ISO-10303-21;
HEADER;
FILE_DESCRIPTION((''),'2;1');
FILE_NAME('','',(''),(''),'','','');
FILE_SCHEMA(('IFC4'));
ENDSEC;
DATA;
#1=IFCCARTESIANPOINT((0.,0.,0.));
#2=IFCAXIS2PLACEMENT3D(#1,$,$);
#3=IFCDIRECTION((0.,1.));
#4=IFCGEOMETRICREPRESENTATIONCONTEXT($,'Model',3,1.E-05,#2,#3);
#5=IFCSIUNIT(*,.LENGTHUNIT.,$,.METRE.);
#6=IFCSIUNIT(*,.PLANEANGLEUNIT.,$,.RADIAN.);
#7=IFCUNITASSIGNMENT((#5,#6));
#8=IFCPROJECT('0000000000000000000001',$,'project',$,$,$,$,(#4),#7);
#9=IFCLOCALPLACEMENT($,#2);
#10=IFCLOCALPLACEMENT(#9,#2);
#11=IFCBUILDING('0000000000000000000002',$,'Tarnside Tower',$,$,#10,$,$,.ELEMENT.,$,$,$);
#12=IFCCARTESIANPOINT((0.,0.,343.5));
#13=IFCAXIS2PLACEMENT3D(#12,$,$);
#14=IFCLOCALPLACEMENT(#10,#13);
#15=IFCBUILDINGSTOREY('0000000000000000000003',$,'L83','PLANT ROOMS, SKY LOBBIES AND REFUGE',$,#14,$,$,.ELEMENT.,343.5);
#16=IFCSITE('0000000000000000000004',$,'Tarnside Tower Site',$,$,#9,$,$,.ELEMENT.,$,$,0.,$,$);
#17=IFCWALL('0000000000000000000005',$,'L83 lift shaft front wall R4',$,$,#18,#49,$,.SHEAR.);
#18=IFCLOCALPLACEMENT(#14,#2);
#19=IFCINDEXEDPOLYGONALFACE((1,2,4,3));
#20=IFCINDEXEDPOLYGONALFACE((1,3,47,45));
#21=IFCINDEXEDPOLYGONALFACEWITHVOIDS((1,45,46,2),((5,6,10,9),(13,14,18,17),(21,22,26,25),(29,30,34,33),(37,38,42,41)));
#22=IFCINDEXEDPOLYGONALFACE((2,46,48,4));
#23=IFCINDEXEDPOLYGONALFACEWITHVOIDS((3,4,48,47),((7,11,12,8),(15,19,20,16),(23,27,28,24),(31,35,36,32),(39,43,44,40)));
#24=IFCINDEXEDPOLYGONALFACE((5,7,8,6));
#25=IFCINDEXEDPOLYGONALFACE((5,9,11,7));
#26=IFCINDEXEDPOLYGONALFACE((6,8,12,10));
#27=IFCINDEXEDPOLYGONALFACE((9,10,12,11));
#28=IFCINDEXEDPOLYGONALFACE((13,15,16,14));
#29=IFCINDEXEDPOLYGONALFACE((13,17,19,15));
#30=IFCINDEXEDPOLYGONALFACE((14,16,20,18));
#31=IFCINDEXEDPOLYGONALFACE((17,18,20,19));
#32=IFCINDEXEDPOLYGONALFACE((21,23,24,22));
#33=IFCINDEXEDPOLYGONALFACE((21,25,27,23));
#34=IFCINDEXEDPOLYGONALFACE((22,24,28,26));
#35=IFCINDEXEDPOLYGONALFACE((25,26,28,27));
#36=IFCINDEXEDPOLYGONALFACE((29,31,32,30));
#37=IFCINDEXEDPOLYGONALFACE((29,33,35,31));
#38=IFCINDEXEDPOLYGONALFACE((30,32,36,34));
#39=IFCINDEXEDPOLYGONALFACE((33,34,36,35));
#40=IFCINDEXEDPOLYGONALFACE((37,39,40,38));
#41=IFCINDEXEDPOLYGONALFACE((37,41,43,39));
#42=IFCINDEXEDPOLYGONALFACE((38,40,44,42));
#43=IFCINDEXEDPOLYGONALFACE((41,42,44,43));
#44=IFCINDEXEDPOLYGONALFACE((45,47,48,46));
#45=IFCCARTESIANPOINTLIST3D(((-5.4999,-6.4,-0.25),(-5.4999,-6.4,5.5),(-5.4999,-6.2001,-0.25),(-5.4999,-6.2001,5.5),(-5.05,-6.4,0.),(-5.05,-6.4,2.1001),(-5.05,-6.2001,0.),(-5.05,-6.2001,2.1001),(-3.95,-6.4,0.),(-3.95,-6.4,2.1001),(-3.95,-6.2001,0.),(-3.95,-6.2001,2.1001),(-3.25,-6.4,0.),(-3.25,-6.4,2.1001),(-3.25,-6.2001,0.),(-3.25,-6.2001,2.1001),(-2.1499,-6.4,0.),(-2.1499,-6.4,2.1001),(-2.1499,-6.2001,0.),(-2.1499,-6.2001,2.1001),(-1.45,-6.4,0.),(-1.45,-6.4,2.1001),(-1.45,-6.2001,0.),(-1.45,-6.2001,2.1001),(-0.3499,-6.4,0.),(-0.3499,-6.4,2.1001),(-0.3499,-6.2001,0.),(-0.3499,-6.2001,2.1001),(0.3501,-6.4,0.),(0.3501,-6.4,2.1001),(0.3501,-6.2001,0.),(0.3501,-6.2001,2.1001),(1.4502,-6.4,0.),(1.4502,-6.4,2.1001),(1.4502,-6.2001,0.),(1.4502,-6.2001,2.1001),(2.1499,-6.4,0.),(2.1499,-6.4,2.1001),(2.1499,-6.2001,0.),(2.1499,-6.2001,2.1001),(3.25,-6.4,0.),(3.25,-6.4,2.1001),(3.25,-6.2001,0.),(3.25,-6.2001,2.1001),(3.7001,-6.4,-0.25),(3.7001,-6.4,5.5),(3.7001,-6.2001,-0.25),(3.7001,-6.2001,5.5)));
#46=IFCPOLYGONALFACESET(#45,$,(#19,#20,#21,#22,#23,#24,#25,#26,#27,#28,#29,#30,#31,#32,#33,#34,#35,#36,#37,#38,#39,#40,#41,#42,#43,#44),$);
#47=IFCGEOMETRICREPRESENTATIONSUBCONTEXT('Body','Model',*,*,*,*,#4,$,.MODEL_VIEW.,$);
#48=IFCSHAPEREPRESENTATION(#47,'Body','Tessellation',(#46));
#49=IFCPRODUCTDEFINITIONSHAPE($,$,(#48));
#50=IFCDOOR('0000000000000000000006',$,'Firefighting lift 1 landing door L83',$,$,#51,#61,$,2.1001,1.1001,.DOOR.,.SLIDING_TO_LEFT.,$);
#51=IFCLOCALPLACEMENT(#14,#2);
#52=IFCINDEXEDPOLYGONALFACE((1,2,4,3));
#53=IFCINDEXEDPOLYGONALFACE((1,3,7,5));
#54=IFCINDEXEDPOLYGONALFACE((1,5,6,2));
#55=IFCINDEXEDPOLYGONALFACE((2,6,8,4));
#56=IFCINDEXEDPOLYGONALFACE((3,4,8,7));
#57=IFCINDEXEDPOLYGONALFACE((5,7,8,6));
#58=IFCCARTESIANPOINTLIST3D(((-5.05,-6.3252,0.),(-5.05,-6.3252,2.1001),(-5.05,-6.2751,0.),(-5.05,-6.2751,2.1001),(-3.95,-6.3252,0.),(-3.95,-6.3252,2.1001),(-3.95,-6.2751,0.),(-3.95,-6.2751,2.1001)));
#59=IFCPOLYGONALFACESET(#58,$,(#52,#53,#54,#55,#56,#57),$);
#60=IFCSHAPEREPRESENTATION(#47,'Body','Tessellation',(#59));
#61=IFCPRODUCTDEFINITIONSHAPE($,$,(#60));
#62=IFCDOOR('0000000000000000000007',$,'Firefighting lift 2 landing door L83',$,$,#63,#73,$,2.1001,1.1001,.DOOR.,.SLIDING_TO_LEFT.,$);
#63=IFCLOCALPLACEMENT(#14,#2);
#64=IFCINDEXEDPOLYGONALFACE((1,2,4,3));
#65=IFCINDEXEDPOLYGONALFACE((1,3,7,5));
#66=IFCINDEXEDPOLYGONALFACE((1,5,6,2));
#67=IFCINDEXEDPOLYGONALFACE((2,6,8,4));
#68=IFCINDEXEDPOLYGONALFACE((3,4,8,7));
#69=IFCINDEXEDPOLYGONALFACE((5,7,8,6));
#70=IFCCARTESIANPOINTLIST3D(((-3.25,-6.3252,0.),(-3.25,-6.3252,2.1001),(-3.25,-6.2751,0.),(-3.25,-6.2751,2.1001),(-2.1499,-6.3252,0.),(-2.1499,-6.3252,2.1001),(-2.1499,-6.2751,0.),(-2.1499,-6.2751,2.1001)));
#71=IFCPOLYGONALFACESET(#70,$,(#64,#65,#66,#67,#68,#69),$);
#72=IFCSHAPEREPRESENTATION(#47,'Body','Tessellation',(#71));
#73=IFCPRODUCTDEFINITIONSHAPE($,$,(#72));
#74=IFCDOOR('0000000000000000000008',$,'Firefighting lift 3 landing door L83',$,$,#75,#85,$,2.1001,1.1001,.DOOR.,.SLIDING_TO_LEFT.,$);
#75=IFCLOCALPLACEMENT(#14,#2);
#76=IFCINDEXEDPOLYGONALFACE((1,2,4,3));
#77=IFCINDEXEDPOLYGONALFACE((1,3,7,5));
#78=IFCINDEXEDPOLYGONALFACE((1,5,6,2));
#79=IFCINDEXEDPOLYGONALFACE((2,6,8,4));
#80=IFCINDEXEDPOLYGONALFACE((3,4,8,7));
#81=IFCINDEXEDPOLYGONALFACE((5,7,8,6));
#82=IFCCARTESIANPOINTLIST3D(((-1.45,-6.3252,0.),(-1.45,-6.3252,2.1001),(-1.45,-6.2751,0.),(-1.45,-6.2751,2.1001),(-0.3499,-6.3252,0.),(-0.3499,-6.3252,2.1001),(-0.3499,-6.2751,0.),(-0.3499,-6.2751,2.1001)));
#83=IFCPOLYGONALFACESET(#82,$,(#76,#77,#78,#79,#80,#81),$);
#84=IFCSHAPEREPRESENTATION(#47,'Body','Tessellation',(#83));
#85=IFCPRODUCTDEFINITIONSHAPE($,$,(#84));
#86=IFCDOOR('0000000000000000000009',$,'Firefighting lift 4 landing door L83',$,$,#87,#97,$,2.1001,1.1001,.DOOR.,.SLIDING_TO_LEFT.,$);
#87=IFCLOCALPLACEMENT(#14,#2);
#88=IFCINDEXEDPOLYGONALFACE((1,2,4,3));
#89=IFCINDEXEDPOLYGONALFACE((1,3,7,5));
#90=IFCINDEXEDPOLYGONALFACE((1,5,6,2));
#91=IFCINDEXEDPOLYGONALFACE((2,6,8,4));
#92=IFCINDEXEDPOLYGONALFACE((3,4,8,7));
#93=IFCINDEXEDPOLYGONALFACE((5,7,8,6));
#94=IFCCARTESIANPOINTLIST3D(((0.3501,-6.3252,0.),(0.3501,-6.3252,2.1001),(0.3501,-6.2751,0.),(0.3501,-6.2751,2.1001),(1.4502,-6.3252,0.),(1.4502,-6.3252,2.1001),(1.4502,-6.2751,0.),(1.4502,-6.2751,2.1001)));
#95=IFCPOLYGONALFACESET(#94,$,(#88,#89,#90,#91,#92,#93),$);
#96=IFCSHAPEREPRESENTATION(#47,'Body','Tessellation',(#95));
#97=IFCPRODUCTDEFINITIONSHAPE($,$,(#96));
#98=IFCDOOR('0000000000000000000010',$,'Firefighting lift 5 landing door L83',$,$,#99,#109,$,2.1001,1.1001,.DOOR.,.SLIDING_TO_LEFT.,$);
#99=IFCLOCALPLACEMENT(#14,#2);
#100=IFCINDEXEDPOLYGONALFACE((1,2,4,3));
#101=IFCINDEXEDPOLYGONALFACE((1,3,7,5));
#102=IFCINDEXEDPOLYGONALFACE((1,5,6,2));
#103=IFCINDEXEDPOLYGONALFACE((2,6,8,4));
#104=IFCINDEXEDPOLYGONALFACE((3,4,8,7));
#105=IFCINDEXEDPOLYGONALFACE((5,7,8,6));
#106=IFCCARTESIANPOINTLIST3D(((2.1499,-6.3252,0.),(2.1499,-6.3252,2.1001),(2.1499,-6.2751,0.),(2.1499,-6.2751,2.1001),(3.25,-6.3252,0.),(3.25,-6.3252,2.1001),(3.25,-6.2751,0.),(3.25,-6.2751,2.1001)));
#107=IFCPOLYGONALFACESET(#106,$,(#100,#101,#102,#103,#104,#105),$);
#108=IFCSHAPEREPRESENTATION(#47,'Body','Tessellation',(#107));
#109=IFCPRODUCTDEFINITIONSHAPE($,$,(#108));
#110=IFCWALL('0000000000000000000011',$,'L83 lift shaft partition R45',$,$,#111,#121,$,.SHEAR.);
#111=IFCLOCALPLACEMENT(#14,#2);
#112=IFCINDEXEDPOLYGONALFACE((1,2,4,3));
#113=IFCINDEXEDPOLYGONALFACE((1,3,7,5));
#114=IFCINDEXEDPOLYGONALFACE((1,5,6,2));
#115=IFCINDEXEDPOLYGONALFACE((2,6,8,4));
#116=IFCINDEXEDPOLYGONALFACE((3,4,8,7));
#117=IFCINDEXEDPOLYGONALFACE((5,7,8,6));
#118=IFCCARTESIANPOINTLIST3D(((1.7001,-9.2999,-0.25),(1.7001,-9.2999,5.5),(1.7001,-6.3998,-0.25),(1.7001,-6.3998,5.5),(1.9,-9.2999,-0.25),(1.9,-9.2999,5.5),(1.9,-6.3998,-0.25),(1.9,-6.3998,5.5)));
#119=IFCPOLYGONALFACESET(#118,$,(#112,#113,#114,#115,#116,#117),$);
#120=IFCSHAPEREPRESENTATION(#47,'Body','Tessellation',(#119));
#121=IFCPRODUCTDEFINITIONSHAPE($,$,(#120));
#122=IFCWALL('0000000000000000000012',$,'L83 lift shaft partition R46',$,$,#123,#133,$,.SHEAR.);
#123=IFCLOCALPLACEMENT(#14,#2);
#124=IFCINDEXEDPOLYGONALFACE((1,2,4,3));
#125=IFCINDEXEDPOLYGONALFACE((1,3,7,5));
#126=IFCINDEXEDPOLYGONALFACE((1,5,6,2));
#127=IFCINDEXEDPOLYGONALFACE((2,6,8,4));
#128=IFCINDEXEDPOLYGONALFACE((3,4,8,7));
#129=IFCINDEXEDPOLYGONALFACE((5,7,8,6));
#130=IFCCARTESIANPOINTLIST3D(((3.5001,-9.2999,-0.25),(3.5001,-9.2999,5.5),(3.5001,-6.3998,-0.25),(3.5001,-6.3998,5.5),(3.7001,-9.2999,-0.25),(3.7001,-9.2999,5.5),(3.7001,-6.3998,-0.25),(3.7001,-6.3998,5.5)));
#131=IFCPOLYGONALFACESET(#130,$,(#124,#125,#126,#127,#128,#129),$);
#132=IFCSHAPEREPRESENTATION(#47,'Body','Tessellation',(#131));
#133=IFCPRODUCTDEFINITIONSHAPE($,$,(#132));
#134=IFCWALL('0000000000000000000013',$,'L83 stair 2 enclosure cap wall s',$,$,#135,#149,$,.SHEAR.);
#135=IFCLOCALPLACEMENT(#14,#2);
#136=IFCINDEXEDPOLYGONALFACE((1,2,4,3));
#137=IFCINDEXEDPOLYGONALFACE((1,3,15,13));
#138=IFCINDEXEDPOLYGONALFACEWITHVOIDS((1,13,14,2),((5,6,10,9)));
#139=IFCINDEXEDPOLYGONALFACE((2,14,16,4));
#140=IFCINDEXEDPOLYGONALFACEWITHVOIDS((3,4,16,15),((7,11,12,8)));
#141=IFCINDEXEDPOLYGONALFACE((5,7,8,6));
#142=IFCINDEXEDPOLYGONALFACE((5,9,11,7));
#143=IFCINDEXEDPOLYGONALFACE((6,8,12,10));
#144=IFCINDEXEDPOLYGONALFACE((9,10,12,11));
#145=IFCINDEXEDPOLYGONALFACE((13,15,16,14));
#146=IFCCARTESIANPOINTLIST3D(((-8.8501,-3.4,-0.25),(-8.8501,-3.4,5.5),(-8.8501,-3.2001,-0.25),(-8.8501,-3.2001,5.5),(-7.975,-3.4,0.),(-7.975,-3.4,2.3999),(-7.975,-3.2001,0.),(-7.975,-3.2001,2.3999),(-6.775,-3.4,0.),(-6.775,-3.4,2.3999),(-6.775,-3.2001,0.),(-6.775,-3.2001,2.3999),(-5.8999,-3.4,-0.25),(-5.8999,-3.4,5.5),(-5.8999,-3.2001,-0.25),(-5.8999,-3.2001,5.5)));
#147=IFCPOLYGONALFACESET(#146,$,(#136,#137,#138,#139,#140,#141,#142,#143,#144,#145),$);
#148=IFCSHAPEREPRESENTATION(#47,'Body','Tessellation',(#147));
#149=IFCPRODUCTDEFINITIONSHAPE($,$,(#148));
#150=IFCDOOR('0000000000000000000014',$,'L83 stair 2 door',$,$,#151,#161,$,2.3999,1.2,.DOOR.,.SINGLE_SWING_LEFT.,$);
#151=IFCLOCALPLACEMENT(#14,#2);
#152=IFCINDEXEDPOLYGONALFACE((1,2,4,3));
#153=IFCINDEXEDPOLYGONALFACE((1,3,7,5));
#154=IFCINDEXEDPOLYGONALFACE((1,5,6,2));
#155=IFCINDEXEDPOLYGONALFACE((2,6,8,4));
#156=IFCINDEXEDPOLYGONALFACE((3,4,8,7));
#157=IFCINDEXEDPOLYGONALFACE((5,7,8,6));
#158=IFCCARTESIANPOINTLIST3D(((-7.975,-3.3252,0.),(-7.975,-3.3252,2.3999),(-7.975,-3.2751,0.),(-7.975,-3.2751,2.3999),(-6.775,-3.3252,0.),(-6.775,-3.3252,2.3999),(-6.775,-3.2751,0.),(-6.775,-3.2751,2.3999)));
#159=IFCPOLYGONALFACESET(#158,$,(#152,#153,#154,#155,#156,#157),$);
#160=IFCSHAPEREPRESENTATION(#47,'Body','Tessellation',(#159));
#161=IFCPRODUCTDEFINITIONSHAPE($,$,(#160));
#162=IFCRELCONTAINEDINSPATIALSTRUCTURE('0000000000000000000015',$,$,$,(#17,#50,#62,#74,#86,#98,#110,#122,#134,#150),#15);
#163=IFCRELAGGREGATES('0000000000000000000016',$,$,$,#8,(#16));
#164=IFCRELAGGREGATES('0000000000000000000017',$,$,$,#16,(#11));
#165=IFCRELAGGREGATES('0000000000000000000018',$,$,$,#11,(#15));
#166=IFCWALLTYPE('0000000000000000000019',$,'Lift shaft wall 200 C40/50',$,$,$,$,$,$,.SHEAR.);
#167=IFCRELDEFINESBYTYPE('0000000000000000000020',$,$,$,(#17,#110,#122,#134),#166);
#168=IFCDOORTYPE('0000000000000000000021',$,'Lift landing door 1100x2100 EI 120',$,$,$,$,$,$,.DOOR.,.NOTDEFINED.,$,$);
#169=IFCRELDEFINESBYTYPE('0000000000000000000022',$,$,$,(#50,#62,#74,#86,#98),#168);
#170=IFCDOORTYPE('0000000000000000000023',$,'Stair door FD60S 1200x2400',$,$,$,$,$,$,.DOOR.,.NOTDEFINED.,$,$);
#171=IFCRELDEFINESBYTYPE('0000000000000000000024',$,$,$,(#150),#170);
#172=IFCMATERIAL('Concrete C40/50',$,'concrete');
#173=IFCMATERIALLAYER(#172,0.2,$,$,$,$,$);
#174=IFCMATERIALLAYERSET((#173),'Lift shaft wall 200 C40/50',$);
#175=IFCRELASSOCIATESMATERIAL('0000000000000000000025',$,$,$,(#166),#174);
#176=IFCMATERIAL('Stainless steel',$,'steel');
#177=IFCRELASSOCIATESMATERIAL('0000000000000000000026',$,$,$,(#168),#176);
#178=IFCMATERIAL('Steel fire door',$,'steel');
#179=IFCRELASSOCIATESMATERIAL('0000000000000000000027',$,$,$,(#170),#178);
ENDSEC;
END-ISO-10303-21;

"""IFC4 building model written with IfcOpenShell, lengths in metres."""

from ifc_helpers import new_model, si_unit, direction, frame, frame_2d, origin, place, context, subcontext, project, spatial, rectangle, extrude, material, layer, layer_set, type_object, element, fill, save


model = new_model("IFC4")

# Units and contexts
model_context = context("Model", 3, precision=1e-05, world=origin(), true_north=direction((0.0, 1.0)))
body_context = subcontext(model_context, "Body", "Model", "MODEL_VIEW")
ifc_project = project(units=[si_unit("LENGTHUNIT", "METRE"), si_unit("PLANEANGLEUNIT", "RADIAN")], contexts=[model_context])

# Site, building, storey
site_placement = place(None, origin())
site = spatial("IfcSite", under=ifc_project, at=site_placement, Name="Tarnside Tower Site", CompositionType="ELEMENT", RefElevation=0.0)
building_placement = place(site_placement, origin())
building = spatial("IfcBuilding", under=site, at=building_placement, Name="Tarnside Tower", CompositionType="ELEMENT")
storey_placement = place(building_placement, frame((0.0, 0.0, 343.5)))
storey = spatial("IfcBuildingStorey", under=building, at=storey_placement, Name="L83", Description="PLANT ROOMS, SKY LOBBIES AND REFUGE", CompositionType="ELEMENT", Elevation=343.5)

# Shared definitions
ifc_material_1 = material(Name="Concrete C40/50", Category="concrete")
ifc_material_2 = material(Name="Steel fire door", Category="steel")

# Wall, openings, doors
ifc_layer_1 = layer(ifc_material_1, 0.2)
ifc_layer_set_1 = layer_set([ifc_layer_1], Name="Lift shaft wall 200 C40/50")
wall_type_1 = type_object("IfcWallType", Name="Lift shaft wall 200 C40/50", PredefinedType="SHEAR", material=ifc_layer_set_1)
wall_1_placement = place(storey_placement, frame((-5.5, -6.3, -0.25), z_axis=(0.0, 0.0, 1.0), x_axis=(1.0, 0.0, 0.0)))
wall_1 = element("IfcWall", 1, at=wall_1_placement, inside=storey, type_object=wall_type_1, Name="L83 lift shaft front wall R4", PredefinedType="SHEAR", context=body_context, shape_type="SweptSolid", body=[
    extrude(rectangle(XDim=9.2, YDim=0.2, at=frame_2d((4.6001, 0.0))), origin(), (0.0, 0.0, 1.0), 5.75),
])
opening_1_placement = place(wall_1_placement, frame((0.45, 0.0, 0.25)))
opening_1 = element("IfcOpeningElement", 2, at=opening_1_placement, cuts=wall_1, PredefinedType="OPENING", context=body_context, shape_type="SweptSolid", body=[
    extrude(rectangle(XDim=1.1001, YDim=2.1001, at=frame_2d((0.55, 1.05))), frame((0.0, 0.1099, 0.0), z_axis=(0.0, -1.0, 0.0), x_axis=(1.0, 0.0, 0.0)), (0.0, 0.0, 1.0), 0.22),
])
opening_2_placement = place(wall_1_placement, frame((2.25, 0.0, 0.25)))
opening_2 = element("IfcOpeningElement", 3, at=opening_2_placement, cuts=wall_1, PredefinedType="OPENING", context=body_context, shape_type="SweptSolid", body=[
    extrude(rectangle(XDim=1.1001, YDim=2.1001, at=frame_2d((0.55, 1.05))), frame((0.0, 0.1099, 0.0), z_axis=(0.0, -1.0, 0.0), x_axis=(1.0, 0.0, 0.0)), (0.0, 0.0, 1.0), 0.22),
])
opening_3_placement = place(wall_1_placement, frame((4.05, 0.0, 0.25)))
opening_3 = element("IfcOpeningElement", 4, at=opening_3_placement, cuts=wall_1, PredefinedType="OPENING", context=body_context, shape_type="SweptSolid", body=[
    extrude(rectangle(XDim=1.1001, YDim=2.1001, at=frame_2d((0.55, 1.05))), frame((0.0, 0.1099, 0.0), z_axis=(0.0, -1.0, 0.0), x_axis=(1.0, 0.0, 0.0)), (0.0, 0.0, 1.0), 0.22),
])
opening_4_placement = place(wall_1_placement, frame((5.8501, 0.0, 0.25)))
opening_4 = element("IfcOpeningElement", 5, at=opening_4_placement, cuts=wall_1, PredefinedType="OPENING", context=body_context, shape_type="SweptSolid", body=[
    extrude(rectangle(XDim=1.1001, YDim=2.1001, at=frame_2d((0.55, 1.05))), frame((0.0, 0.1099, 0.0), z_axis=(0.0, -1.0, 0.0), x_axis=(1.0, 0.0, 0.0)), (0.0, 0.0, 1.0), 0.22),
])
opening_5_placement = place(wall_1_placement, frame((7.6499, 0.0, 0.25)))
opening_5 = element("IfcOpeningElement", 6, at=opening_5_placement, cuts=wall_1, PredefinedType="OPENING", context=body_context, shape_type="SweptSolid", body=[
    extrude(rectangle(XDim=1.1001, YDim=2.1001, at=frame_2d((0.55, 1.05))), frame((0.0, 0.1099, 0.0), z_axis=(0.0, -1.0, 0.0), x_axis=(1.0, 0.0, 0.0)), (0.0, 0.0, 1.0), 0.22),
])
ifc_material_3 = material(Name="Stainless steel", Category="steel")
door_type_1 = type_object("IfcDoorType", Name="Lift landing door 1100x2100 EI 120", OperationType="NOTDEFINED", PredefinedType="DOOR", material=ifc_material_3)
door_1_placement = place(opening_1_placement, origin())
door_1 = element("IfcDoor", 7, at=door_1_placement, inside=storey, type_object=door_type_1, Name="Firefighting lift 1 landing door L83", OperationType="SLIDING_TO_LEFT", OverallHeight=2.1001, OverallWidth=1.1001, PredefinedType="DOOR", context=body_context, shape_type="SweptSolid", body=[
    extrude(rectangle(XDim=1.1001, YDim=2.1001, at=frame_2d((0.55, 1.05))), frame((0.0, 0.0249, 0.0), z_axis=(0.0, -1.0, 0.0), x_axis=(1.0, 0.0, 0.0)), (0.0, 0.0, 1.0), 0.05),
])
fill(opening_1, door_1)
door_2_placement = place(opening_2_placement, origin())
door_2 = element("IfcDoor", 8, at=door_2_placement, inside=storey, type_object=door_type_1, Name="Firefighting lift 2 landing door L83", OperationType="SLIDING_TO_LEFT", OverallHeight=2.1001, OverallWidth=1.1001, PredefinedType="DOOR", context=body_context, shape_type="SweptSolid", body=[
    extrude(rectangle(XDim=1.1001, YDim=2.1001, at=frame_2d((0.55, 1.05))), frame((0.0, 0.0249, 0.0), z_axis=(0.0, -1.0, 0.0), x_axis=(1.0, 0.0, 0.0)), (0.0, 0.0, 1.0), 0.05),
])
fill(opening_2, door_2)
door_3_placement = place(opening_3_placement, origin())
door_3 = element("IfcDoor", 9, at=door_3_placement, inside=storey, type_object=door_type_1, Name="Firefighting lift 3 landing door L83", OperationType="SLIDING_TO_LEFT", OverallHeight=2.1001, OverallWidth=1.1001, PredefinedType="DOOR", context=body_context, shape_type="SweptSolid", body=[
    extrude(rectangle(XDim=1.1001, YDim=2.1001, at=frame_2d((0.55, 1.05))), frame((0.0, 0.0249, 0.0), z_axis=(0.0, -1.0, 0.0), x_axis=(1.0, 0.0, 0.0)), (0.0, 0.0, 1.0), 0.05),
])
fill(opening_3, door_3)
door_4_placement = place(opening_4_placement, origin())
door_4 = element("IfcDoor", 10, at=door_4_placement, inside=storey, type_object=door_type_1, Name="Firefighting lift 4 landing door L83", OperationType="SLIDING_TO_LEFT", OverallHeight=2.1001, OverallWidth=1.1001, PredefinedType="DOOR", context=body_context, shape_type="SweptSolid", body=[
    extrude(rectangle(XDim=1.1001, YDim=2.1001, at=frame_2d((0.55, 1.05))), frame((0.0, 0.0249, 0.0), z_axis=(0.0, -1.0, 0.0), x_axis=(1.0, 0.0, 0.0)), (0.0, 0.0, 1.0), 0.05),
])
fill(opening_4, door_4)
door_5_placement = place(opening_5_placement, origin())
door_5 = element("IfcDoor", 11, at=door_5_placement, inside=storey, type_object=door_type_1, Name="Firefighting lift 5 landing door L83", OperationType="SLIDING_TO_LEFT", OverallHeight=2.1001, OverallWidth=1.1001, PredefinedType="DOOR", context=body_context, shape_type="SweptSolid", body=[
    extrude(rectangle(XDim=1.1001, YDim=2.1001, at=frame_2d((0.55, 1.05))), frame((0.0, 0.0249, 0.0), z_axis=(0.0, -1.0, 0.0), x_axis=(1.0, 0.0, 0.0)), (0.0, 0.0, 1.0), 0.05),
])
fill(opening_5, door_5)

# Walls
for number, where, z_axis, x_axis, name in (
    (12, (1.8, -9.3, -0.25), (0.0, 0.0, 1.0), (0.0, 1.0, 0.0), "L83 lift shaft partition R45"),
    (13, (3.6001, -9.3, -0.25), (0.0, 0.0, 1.0), (0.0, 1.0, 0.0), "L83 lift shaft partition R46"),
):
    element("IfcWall", number, at=place(storey_placement, frame(where, z_axis=z_axis, x_axis=x_axis)), inside=storey, type_object=wall_type_1, Name=name, PredefinedType="SHEAR", context=body_context, shape_type="SweptSolid", body=[
        extrude(rectangle(XDim=2.9001, YDim=0.2, at=frame_2d((1.4502, 0.0))), origin(), (0.0, 0.0, 1.0), 5.75),
    ])

# Wall, opening, door
wall_2_placement = place(storey_placement, frame((-8.8501, -3.3, -0.25), z_axis=(0.0, 0.0, 1.0), x_axis=(1.0, 0.0, 0.0)))
wall_2 = element("IfcWall", 14, at=wall_2_placement, inside=storey, type_object=wall_type_1, Name="L83 stair 2 enclosure cap wall s", PredefinedType="SHEAR", context=body_context, shape_type="SweptSolid", body=[
    extrude(rectangle(XDim=2.9502, YDim=0.2, at=frame_2d((1.4751, 0.0))), origin(), (0.0, 0.0, 1.0), 5.75),
])
opening_6_placement = place(wall_2_placement, frame((0.875, 0.0, 0.25)))
opening_6 = element("IfcOpeningElement", 15, at=opening_6_placement, cuts=wall_2, PredefinedType="OPENING", context=body_context, shape_type="SweptSolid", body=[
    extrude(rectangle(XDim=1.2, YDim=2.3999, at=frame_2d((0.6001, 1.2))), frame((0.0, 0.1099, 0.0), z_axis=(0.0, -1.0, 0.0), x_axis=(1.0, 0.0, 0.0)), (0.0, 0.0, 1.0), 0.22),
])
door_type_2 = type_object("IfcDoorType", Name="Stair door FD60S 1200x2400", OperationType="NOTDEFINED", PredefinedType="DOOR", material=ifc_material_2)
door_6_placement = place(opening_6_placement, origin())
door_6 = element("IfcDoor", 16, at=door_6_placement, inside=storey, type_object=door_type_2, Name="L83 stair 2 door", OperationType="SINGLE_SWING_LEFT", OverallHeight=2.3999, OverallWidth=1.2, PredefinedType="DOOR", context=body_context, shape_type="SweptSolid", body=[
    extrude(rectangle(XDim=1.2, YDim=2.3999, at=frame_2d((0.6001, 1.2))), frame((0.0, 0.0249, 0.0), z_axis=(0.0, -1.0, 0.0), x_axis=(1.0, 0.0, 0.0)), (0.0, 0.0, 1.0), 0.05),
])
fill(opening_6, door_6)

save(model, "model.ifc")
